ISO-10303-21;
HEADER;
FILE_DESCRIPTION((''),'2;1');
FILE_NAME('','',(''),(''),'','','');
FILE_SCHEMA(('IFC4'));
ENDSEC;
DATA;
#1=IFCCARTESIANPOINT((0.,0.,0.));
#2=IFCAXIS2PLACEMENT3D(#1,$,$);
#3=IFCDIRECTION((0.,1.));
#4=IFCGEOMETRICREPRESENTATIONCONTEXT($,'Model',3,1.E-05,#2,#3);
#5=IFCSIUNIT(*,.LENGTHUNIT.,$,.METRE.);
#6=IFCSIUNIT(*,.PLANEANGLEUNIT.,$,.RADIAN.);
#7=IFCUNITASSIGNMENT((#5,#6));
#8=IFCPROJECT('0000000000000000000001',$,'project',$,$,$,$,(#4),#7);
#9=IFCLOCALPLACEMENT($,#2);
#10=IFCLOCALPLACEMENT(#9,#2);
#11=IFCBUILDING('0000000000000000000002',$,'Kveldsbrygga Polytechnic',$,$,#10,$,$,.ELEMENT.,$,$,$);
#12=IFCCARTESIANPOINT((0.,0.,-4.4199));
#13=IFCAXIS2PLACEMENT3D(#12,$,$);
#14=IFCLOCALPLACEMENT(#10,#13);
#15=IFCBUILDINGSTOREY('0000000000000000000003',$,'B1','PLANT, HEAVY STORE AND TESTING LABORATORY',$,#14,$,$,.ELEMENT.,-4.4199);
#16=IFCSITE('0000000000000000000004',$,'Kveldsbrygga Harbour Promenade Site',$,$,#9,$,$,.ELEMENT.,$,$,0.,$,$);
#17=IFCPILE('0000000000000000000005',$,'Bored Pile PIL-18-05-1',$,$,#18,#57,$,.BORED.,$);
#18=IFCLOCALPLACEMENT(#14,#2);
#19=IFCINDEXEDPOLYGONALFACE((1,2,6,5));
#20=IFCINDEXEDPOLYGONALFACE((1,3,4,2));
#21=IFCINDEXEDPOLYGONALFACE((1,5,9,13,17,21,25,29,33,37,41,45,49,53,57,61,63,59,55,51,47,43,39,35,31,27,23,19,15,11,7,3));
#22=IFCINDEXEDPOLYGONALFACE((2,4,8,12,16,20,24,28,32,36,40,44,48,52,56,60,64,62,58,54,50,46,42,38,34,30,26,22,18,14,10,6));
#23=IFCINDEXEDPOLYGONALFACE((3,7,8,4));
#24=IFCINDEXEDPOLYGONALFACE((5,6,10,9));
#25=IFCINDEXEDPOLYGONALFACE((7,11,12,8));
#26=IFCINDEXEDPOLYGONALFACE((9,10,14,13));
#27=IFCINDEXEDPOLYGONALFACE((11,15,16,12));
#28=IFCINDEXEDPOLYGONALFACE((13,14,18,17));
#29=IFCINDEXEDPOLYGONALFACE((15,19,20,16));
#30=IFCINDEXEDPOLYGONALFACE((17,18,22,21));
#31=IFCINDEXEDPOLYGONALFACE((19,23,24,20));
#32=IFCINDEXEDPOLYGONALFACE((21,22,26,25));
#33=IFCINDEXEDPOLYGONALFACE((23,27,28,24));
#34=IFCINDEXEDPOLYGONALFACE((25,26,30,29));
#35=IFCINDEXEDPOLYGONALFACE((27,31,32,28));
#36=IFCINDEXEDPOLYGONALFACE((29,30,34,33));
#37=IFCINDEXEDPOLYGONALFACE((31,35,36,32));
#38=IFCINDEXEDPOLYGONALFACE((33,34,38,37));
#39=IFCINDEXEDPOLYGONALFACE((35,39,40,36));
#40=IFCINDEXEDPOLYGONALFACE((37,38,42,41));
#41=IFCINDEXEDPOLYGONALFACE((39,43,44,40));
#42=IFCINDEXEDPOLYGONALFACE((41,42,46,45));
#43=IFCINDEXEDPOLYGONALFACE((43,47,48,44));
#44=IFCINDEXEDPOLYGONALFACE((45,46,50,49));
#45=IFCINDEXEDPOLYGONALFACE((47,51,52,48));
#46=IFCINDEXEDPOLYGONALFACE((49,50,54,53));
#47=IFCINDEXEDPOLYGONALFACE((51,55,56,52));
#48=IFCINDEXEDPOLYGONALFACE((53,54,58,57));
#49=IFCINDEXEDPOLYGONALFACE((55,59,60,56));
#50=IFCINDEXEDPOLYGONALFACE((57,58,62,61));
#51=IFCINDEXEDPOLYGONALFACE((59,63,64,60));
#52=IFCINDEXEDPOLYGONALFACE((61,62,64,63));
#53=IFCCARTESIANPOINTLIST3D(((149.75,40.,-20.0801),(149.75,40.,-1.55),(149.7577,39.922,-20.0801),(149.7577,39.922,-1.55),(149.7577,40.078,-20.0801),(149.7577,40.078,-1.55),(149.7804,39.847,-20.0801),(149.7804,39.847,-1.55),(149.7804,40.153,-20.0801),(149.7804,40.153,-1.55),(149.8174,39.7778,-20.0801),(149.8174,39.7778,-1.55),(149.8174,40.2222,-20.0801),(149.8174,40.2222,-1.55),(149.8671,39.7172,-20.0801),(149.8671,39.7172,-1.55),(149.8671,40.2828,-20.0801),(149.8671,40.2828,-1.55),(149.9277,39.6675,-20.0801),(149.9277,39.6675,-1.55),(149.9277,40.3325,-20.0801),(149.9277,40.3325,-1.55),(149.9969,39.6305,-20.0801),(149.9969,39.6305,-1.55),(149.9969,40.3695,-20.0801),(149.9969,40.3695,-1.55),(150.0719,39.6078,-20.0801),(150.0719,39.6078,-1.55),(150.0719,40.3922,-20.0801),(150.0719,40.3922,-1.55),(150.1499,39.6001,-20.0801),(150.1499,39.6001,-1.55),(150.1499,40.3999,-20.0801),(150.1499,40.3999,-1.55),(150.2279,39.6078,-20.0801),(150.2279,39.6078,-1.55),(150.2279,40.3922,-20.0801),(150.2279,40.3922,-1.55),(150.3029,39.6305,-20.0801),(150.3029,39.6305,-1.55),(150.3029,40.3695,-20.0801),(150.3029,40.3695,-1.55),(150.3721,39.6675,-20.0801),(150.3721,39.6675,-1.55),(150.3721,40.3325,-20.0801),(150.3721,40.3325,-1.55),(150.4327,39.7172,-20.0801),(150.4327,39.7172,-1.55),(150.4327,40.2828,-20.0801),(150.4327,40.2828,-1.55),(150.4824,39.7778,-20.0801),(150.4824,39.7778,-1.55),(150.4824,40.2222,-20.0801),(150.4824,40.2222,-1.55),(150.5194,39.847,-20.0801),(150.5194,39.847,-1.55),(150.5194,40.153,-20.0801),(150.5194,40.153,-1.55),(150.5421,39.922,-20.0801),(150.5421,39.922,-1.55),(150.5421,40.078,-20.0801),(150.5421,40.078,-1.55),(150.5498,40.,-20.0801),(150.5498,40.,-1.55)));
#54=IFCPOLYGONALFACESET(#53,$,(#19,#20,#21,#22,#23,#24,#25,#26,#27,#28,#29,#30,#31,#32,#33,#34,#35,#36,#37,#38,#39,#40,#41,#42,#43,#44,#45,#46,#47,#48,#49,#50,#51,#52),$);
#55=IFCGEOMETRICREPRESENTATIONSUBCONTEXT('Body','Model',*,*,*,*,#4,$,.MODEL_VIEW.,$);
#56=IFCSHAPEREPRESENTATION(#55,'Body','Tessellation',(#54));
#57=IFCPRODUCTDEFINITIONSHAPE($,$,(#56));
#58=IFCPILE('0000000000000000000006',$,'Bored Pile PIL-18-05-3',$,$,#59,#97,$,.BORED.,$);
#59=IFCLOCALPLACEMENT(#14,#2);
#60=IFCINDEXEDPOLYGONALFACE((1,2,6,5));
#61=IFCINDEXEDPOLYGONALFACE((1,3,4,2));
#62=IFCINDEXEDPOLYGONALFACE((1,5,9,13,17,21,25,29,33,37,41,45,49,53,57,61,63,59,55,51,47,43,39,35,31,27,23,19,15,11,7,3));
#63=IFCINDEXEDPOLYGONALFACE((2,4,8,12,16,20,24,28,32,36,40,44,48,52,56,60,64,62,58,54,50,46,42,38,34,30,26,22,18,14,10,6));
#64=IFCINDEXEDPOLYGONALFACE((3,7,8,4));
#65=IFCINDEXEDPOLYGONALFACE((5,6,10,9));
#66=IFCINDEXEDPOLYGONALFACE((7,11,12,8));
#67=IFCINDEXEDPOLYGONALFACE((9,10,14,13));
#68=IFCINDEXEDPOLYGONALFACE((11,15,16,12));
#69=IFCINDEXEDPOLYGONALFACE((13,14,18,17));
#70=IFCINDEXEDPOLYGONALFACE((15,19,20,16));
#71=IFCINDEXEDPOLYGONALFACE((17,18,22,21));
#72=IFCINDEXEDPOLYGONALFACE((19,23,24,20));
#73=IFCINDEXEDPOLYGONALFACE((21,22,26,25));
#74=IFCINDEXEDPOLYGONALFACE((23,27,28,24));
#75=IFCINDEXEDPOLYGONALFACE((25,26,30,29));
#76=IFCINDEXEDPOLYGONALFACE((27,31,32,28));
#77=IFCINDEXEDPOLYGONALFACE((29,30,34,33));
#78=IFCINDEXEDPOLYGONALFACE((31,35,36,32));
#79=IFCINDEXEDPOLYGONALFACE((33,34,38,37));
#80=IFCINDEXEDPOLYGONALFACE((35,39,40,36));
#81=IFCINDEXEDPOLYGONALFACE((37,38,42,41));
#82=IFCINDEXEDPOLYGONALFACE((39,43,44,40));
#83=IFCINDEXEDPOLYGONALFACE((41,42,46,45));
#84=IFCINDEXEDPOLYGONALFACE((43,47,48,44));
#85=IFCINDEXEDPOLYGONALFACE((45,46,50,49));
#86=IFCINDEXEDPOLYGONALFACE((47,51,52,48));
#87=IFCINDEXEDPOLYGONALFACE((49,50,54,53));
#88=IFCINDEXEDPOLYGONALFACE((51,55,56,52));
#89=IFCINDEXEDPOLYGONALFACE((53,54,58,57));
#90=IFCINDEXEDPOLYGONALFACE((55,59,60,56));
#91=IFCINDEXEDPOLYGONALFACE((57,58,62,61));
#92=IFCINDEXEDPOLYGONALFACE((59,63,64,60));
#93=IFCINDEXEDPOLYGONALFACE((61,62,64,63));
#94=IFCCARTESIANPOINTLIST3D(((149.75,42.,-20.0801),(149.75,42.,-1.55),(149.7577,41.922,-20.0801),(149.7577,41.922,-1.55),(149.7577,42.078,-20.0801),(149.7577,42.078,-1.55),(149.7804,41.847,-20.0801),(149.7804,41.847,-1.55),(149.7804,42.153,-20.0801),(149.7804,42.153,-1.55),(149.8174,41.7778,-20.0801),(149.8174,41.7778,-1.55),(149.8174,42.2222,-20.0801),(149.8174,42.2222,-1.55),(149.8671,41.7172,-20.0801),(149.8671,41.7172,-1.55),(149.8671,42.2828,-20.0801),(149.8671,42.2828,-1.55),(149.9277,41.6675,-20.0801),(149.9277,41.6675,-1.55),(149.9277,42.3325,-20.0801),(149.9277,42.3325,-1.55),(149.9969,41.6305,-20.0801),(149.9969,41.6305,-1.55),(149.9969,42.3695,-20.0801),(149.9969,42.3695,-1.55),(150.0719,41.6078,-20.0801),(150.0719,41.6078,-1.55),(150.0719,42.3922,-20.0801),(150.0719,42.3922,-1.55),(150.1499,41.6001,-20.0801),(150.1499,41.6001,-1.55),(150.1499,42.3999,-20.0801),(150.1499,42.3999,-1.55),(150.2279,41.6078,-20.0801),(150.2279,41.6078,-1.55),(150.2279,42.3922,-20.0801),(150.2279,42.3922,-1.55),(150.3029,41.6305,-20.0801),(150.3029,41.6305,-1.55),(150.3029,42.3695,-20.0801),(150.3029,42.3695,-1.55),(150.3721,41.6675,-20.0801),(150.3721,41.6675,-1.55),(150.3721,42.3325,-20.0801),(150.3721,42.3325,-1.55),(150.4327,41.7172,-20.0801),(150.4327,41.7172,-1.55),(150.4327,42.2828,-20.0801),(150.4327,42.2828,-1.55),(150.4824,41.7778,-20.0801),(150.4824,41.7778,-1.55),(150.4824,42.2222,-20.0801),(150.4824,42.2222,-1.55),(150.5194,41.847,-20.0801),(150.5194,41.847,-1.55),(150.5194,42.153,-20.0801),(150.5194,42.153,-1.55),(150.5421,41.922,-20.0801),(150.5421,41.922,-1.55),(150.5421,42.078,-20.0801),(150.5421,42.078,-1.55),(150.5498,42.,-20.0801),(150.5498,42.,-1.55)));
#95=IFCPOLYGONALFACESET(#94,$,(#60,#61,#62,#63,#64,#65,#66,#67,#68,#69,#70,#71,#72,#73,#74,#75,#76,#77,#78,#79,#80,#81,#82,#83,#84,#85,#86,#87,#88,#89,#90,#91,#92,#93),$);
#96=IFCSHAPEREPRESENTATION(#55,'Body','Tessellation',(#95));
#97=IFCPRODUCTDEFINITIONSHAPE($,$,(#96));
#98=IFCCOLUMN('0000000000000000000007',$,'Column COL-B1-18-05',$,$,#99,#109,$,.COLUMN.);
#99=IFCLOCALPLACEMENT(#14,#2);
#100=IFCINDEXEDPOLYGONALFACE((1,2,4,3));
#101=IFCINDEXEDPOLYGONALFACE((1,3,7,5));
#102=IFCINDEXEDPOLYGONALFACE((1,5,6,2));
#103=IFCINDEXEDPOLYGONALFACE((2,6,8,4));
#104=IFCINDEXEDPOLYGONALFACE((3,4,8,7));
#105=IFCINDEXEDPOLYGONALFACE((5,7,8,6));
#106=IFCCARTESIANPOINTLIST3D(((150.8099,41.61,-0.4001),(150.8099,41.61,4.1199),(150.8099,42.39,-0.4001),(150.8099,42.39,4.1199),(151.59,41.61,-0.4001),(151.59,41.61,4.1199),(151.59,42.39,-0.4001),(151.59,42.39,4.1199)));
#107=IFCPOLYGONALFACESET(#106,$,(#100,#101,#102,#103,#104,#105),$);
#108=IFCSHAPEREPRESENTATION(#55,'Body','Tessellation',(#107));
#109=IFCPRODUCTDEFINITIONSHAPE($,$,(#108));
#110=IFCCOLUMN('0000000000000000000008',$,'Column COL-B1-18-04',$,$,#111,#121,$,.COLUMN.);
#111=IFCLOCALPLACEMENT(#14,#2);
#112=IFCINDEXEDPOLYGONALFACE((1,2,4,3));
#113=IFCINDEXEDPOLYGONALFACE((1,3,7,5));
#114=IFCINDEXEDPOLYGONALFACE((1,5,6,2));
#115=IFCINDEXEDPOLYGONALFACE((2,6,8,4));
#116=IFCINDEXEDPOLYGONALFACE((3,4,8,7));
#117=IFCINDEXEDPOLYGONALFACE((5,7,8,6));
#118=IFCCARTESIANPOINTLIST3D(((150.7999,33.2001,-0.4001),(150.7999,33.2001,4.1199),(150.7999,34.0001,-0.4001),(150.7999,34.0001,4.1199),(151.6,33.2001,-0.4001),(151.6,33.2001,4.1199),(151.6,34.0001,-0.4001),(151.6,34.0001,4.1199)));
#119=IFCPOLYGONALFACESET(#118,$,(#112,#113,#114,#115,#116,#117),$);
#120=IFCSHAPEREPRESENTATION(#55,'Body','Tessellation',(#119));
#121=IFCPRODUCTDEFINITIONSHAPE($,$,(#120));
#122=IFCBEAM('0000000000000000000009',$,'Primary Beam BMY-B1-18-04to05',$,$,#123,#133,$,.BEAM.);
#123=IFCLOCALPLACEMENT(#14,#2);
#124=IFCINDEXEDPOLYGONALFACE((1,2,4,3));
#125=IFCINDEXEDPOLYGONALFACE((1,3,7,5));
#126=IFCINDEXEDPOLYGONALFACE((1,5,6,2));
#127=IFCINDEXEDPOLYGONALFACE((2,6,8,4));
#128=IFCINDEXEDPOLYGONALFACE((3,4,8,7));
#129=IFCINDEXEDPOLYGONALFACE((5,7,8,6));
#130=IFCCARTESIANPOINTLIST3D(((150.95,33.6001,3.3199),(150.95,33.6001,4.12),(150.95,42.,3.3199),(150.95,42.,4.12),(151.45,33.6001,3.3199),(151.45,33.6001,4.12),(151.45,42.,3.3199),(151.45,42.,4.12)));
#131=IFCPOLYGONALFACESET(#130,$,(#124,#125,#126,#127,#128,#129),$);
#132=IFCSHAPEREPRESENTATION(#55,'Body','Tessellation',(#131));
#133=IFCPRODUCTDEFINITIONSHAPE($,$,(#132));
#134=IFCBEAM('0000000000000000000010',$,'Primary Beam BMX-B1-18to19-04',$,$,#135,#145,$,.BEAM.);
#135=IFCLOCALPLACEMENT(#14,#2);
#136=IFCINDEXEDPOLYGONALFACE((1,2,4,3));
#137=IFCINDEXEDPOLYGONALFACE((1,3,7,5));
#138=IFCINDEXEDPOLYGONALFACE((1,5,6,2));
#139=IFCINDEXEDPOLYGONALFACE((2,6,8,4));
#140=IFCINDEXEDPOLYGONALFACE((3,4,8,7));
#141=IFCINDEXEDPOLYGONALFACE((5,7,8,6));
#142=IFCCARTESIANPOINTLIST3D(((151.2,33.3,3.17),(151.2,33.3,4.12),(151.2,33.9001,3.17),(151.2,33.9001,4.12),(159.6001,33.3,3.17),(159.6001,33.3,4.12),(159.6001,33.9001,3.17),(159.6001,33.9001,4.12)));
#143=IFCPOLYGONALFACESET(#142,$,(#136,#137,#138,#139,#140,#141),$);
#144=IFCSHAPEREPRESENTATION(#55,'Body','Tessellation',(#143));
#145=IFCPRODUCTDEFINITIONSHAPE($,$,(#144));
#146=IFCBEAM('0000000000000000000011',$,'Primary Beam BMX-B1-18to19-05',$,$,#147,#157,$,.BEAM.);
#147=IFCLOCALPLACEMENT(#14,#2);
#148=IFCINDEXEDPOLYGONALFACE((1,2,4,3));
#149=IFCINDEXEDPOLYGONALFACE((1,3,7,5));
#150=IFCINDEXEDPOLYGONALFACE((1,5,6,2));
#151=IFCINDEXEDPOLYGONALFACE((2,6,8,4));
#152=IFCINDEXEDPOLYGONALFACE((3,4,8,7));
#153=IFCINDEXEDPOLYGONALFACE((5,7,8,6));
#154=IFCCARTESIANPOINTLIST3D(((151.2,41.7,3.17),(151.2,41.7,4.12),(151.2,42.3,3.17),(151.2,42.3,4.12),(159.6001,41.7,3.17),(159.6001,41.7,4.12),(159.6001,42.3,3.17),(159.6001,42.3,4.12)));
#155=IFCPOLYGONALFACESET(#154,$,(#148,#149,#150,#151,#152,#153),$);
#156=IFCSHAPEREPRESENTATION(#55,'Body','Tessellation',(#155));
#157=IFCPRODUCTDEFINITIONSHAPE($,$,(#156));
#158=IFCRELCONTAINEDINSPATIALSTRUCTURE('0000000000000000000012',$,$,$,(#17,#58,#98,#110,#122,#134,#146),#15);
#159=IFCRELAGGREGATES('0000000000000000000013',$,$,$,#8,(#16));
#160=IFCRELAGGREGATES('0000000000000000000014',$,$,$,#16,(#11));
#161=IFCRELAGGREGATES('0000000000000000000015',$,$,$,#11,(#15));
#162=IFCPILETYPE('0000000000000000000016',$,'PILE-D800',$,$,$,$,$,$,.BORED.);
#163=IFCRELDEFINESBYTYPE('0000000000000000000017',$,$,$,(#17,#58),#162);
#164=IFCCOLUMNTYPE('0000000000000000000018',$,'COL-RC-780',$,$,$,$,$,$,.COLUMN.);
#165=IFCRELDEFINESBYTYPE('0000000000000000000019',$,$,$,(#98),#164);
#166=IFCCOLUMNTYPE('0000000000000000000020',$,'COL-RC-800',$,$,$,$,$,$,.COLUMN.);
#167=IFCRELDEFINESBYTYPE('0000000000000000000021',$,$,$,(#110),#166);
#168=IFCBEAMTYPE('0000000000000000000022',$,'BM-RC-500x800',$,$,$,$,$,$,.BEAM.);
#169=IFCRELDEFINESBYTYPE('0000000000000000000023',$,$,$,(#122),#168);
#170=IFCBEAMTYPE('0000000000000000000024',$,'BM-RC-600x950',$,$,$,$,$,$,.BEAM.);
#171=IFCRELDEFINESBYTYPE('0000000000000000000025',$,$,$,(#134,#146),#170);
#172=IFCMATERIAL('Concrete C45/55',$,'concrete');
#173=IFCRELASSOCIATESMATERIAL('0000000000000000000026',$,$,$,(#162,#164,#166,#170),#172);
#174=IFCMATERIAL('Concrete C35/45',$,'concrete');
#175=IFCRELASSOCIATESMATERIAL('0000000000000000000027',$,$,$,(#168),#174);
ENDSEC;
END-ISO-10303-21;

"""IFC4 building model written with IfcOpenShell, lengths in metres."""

from ifc_helpers import new_model, si_unit, direction, frame, origin, origin_2d, place, context, subcontext, project, spatial, rectangle, circle, extrude, material, material_profile, profile_set, type_object, element, save


model = new_model("IFC4")

# Units and contexts
model_context = context("Model", 3, precision=1e-05, world=origin(), true_north=direction((0.0, 1.0)))
body_context = subcontext(model_context, "Body", "Model", "MODEL_VIEW")
ifc_project = project(units=[si_unit("LENGTHUNIT", "METRE"), si_unit("PLANEANGLEUNIT", "RADIAN")], contexts=[model_context])

# Site, building, storey
site_placement = place(None, origin())
site = spatial("IfcSite", under=ifc_project, at=site_placement, Name="Kveldsbrygga Harbour Promenade Site", CompositionType="ELEMENT", RefElevation=0.0)
building_placement = place(site_placement, origin())
building = spatial("IfcBuilding", under=site, at=building_placement, Name="Kveldsbrygga Polytechnic", CompositionType="ELEMENT")
storey_placement = place(building_placement, frame((0.0, 0.0, -4.4199)))
storey = spatial("IfcBuildingStorey", under=building, at=storey_placement, Name="B1", Description="PLANT, HEAVY STORE AND TESTING LABORATORY", CompositionType="ELEMENT", Elevation=-4.4199)

# Shared definitions
ifc_material_1 = material(Name="Concrete C45/55", Category="concrete")

# Piles
ifc_material_profile_1 = material_profile(ifc_material_1, circle(Radius=0.3999, at=origin_2d()), Name="PILE D800")
ifc_profile_set_1 = profile_set([ifc_material_profile_1], Name="Concrete C45/55")
pile_type = type_object("IfcPileType", Name="PILE-D800", PredefinedType="BORED", material=ifc_profile_set_1)
for number, where, z_axis, x_axis, name in (
    (1, (150.1499, 40.0, -1.55), (0.0, 0.0, -1.0), (1.0, 0.0, 0.0), "Bored Pile PIL-18-05-1"),
    (2, (150.1499, 42.0, -1.55), (0.0, 0.0, -1.0), (1.0, 0.0, 0.0), "Bored Pile PIL-18-05-3"),
):
    element("IfcPile", number, at=place(storey_placement, frame(where, z_axis=z_axis, x_axis=x_axis)), inside=storey, type_object=pile_type, Name=name, PredefinedType="BORED", context=body_context, shape_type="SweptSolid", body=[
        extrude(circle(Radius=0.3999, at=origin_2d()), origin(), (0.0, 0.0, 1.0), 18.53),
    ])

# Columns
ifc_material_profile_2 = material_profile(ifc_material_1, rectangle(XDim=0.78, YDim=0.78, at=origin_2d()), Name="RC 780x780")
ifc_profile_set_2 = profile_set([ifc_material_profile_2], Name="Concrete C45/55")
column_type_1 = type_object("IfcColumnType", Name="COL-RC-780", PredefinedType="COLUMN", material=ifc_profile_set_2)
column_1_placement = place(storey_placement, frame((151.2, 42.0, -0.4001), z_axis=(0.0, 0.0, 1.0), x_axis=(1.0, 0.0, 0.0)))
element("IfcColumn", 3, at=column_1_placement, inside=storey, type_object=column_type_1, Name="Column COL-B1-18-05", PredefinedType="COLUMN", context=body_context, shape_type="SweptSolid", body=[
    extrude(rectangle(XDim=0.78, YDim=0.78, at=origin_2d()), origin(), (0.0, 0.0, 1.0), 4.52),
])
ifc_material_profile_3 = material_profile(ifc_material_1, rectangle(XDim=0.8, YDim=0.8, at=origin_2d()), Name="RC 800x800")
ifc_profile_set_3 = profile_set([ifc_material_profile_3], Name="Concrete C45/55")
column_type_2 = type_object("IfcColumnType", Name="COL-RC-800", PredefinedType="COLUMN", material=ifc_profile_set_3)
column_2_placement = place(storey_placement, frame((151.2, 33.6001, -0.4001), z_axis=(0.0, 0.0, 1.0), x_axis=(1.0, 0.0, 0.0)))
element("IfcColumn", 4, at=column_2_placement, inside=storey, type_object=column_type_2, Name="Column COL-B1-18-04", PredefinedType="COLUMN", context=body_context, shape_type="SweptSolid", body=[
    extrude(rectangle(XDim=0.8, YDim=0.8, at=origin_2d()), origin(), (0.0, 0.0, 1.0), 4.52),
])

# Beams
ifc_material_2 = material(Name="Concrete C35/45", Category="concrete")
ifc_material_profile_4 = material_profile(ifc_material_2, rectangle(XDim=0.5, YDim=0.8, at=origin_2d()), Name="RC 500x800")
ifc_profile_set_4 = profile_set([ifc_material_profile_4], Name="Concrete C35/45")
beam_type_1 = type_object("IfcBeamType", Name="BM-RC-500x800", PredefinedType="BEAM", material=ifc_profile_set_4)
beam_placement = place(storey_placement, frame((151.2, 33.6001, 3.72), z_axis=(0.0, 1.0, 0.0), x_axis=(-1.0, 0.0, 0.0)))
element("IfcBeam", 5, at=beam_placement, inside=storey, type_object=beam_type_1, Name="Primary Beam BMY-B1-18-04to05", PredefinedType="BEAM", context=body_context, shape_type="SweptSolid", body=[
    extrude(rectangle(XDim=0.5, YDim=0.8, at=origin_2d()), origin(), (0.0, 0.0, 1.0), 8.3999),
])
ifc_material_profile_5 = material_profile(ifc_material_1, rectangle(XDim=0.6001, YDim=0.95, at=origin_2d()), Name="RC 600x950")
ifc_profile_set_5 = profile_set([ifc_material_profile_5], Name="Concrete C45/55")
beam_type_2 = type_object("IfcBeamType", Name="BM-RC-600x950", PredefinedType="BEAM", material=ifc_profile_set_5)
for number, where, z_axis, x_axis, name in (
    (6, (151.2, 33.6001, 3.645), (1.0, 0.0, 0.0), (0.0, 1.0, 0.0), "Primary Beam BMX-B1-18to19-04"),
    (7, (151.2, 42.0, 3.645), (1.0, 0.0, 0.0), (0.0, 1.0, 0.0), "Primary Beam BMX-B1-18to19-05"),
):
    element("IfcBeam", number, at=place(storey_placement, frame(where, z_axis=z_axis, x_axis=x_axis)), inside=storey, type_object=beam_type_2, Name=name, PredefinedType="BEAM", context=body_context, shape_type="SweptSolid", body=[
        extrude(rectangle(XDim=0.6001, YDim=0.95, at=origin_2d()), origin(), (0.0, 0.0, 1.0), 8.4001),
    ])

save(model, "model.ifc")
